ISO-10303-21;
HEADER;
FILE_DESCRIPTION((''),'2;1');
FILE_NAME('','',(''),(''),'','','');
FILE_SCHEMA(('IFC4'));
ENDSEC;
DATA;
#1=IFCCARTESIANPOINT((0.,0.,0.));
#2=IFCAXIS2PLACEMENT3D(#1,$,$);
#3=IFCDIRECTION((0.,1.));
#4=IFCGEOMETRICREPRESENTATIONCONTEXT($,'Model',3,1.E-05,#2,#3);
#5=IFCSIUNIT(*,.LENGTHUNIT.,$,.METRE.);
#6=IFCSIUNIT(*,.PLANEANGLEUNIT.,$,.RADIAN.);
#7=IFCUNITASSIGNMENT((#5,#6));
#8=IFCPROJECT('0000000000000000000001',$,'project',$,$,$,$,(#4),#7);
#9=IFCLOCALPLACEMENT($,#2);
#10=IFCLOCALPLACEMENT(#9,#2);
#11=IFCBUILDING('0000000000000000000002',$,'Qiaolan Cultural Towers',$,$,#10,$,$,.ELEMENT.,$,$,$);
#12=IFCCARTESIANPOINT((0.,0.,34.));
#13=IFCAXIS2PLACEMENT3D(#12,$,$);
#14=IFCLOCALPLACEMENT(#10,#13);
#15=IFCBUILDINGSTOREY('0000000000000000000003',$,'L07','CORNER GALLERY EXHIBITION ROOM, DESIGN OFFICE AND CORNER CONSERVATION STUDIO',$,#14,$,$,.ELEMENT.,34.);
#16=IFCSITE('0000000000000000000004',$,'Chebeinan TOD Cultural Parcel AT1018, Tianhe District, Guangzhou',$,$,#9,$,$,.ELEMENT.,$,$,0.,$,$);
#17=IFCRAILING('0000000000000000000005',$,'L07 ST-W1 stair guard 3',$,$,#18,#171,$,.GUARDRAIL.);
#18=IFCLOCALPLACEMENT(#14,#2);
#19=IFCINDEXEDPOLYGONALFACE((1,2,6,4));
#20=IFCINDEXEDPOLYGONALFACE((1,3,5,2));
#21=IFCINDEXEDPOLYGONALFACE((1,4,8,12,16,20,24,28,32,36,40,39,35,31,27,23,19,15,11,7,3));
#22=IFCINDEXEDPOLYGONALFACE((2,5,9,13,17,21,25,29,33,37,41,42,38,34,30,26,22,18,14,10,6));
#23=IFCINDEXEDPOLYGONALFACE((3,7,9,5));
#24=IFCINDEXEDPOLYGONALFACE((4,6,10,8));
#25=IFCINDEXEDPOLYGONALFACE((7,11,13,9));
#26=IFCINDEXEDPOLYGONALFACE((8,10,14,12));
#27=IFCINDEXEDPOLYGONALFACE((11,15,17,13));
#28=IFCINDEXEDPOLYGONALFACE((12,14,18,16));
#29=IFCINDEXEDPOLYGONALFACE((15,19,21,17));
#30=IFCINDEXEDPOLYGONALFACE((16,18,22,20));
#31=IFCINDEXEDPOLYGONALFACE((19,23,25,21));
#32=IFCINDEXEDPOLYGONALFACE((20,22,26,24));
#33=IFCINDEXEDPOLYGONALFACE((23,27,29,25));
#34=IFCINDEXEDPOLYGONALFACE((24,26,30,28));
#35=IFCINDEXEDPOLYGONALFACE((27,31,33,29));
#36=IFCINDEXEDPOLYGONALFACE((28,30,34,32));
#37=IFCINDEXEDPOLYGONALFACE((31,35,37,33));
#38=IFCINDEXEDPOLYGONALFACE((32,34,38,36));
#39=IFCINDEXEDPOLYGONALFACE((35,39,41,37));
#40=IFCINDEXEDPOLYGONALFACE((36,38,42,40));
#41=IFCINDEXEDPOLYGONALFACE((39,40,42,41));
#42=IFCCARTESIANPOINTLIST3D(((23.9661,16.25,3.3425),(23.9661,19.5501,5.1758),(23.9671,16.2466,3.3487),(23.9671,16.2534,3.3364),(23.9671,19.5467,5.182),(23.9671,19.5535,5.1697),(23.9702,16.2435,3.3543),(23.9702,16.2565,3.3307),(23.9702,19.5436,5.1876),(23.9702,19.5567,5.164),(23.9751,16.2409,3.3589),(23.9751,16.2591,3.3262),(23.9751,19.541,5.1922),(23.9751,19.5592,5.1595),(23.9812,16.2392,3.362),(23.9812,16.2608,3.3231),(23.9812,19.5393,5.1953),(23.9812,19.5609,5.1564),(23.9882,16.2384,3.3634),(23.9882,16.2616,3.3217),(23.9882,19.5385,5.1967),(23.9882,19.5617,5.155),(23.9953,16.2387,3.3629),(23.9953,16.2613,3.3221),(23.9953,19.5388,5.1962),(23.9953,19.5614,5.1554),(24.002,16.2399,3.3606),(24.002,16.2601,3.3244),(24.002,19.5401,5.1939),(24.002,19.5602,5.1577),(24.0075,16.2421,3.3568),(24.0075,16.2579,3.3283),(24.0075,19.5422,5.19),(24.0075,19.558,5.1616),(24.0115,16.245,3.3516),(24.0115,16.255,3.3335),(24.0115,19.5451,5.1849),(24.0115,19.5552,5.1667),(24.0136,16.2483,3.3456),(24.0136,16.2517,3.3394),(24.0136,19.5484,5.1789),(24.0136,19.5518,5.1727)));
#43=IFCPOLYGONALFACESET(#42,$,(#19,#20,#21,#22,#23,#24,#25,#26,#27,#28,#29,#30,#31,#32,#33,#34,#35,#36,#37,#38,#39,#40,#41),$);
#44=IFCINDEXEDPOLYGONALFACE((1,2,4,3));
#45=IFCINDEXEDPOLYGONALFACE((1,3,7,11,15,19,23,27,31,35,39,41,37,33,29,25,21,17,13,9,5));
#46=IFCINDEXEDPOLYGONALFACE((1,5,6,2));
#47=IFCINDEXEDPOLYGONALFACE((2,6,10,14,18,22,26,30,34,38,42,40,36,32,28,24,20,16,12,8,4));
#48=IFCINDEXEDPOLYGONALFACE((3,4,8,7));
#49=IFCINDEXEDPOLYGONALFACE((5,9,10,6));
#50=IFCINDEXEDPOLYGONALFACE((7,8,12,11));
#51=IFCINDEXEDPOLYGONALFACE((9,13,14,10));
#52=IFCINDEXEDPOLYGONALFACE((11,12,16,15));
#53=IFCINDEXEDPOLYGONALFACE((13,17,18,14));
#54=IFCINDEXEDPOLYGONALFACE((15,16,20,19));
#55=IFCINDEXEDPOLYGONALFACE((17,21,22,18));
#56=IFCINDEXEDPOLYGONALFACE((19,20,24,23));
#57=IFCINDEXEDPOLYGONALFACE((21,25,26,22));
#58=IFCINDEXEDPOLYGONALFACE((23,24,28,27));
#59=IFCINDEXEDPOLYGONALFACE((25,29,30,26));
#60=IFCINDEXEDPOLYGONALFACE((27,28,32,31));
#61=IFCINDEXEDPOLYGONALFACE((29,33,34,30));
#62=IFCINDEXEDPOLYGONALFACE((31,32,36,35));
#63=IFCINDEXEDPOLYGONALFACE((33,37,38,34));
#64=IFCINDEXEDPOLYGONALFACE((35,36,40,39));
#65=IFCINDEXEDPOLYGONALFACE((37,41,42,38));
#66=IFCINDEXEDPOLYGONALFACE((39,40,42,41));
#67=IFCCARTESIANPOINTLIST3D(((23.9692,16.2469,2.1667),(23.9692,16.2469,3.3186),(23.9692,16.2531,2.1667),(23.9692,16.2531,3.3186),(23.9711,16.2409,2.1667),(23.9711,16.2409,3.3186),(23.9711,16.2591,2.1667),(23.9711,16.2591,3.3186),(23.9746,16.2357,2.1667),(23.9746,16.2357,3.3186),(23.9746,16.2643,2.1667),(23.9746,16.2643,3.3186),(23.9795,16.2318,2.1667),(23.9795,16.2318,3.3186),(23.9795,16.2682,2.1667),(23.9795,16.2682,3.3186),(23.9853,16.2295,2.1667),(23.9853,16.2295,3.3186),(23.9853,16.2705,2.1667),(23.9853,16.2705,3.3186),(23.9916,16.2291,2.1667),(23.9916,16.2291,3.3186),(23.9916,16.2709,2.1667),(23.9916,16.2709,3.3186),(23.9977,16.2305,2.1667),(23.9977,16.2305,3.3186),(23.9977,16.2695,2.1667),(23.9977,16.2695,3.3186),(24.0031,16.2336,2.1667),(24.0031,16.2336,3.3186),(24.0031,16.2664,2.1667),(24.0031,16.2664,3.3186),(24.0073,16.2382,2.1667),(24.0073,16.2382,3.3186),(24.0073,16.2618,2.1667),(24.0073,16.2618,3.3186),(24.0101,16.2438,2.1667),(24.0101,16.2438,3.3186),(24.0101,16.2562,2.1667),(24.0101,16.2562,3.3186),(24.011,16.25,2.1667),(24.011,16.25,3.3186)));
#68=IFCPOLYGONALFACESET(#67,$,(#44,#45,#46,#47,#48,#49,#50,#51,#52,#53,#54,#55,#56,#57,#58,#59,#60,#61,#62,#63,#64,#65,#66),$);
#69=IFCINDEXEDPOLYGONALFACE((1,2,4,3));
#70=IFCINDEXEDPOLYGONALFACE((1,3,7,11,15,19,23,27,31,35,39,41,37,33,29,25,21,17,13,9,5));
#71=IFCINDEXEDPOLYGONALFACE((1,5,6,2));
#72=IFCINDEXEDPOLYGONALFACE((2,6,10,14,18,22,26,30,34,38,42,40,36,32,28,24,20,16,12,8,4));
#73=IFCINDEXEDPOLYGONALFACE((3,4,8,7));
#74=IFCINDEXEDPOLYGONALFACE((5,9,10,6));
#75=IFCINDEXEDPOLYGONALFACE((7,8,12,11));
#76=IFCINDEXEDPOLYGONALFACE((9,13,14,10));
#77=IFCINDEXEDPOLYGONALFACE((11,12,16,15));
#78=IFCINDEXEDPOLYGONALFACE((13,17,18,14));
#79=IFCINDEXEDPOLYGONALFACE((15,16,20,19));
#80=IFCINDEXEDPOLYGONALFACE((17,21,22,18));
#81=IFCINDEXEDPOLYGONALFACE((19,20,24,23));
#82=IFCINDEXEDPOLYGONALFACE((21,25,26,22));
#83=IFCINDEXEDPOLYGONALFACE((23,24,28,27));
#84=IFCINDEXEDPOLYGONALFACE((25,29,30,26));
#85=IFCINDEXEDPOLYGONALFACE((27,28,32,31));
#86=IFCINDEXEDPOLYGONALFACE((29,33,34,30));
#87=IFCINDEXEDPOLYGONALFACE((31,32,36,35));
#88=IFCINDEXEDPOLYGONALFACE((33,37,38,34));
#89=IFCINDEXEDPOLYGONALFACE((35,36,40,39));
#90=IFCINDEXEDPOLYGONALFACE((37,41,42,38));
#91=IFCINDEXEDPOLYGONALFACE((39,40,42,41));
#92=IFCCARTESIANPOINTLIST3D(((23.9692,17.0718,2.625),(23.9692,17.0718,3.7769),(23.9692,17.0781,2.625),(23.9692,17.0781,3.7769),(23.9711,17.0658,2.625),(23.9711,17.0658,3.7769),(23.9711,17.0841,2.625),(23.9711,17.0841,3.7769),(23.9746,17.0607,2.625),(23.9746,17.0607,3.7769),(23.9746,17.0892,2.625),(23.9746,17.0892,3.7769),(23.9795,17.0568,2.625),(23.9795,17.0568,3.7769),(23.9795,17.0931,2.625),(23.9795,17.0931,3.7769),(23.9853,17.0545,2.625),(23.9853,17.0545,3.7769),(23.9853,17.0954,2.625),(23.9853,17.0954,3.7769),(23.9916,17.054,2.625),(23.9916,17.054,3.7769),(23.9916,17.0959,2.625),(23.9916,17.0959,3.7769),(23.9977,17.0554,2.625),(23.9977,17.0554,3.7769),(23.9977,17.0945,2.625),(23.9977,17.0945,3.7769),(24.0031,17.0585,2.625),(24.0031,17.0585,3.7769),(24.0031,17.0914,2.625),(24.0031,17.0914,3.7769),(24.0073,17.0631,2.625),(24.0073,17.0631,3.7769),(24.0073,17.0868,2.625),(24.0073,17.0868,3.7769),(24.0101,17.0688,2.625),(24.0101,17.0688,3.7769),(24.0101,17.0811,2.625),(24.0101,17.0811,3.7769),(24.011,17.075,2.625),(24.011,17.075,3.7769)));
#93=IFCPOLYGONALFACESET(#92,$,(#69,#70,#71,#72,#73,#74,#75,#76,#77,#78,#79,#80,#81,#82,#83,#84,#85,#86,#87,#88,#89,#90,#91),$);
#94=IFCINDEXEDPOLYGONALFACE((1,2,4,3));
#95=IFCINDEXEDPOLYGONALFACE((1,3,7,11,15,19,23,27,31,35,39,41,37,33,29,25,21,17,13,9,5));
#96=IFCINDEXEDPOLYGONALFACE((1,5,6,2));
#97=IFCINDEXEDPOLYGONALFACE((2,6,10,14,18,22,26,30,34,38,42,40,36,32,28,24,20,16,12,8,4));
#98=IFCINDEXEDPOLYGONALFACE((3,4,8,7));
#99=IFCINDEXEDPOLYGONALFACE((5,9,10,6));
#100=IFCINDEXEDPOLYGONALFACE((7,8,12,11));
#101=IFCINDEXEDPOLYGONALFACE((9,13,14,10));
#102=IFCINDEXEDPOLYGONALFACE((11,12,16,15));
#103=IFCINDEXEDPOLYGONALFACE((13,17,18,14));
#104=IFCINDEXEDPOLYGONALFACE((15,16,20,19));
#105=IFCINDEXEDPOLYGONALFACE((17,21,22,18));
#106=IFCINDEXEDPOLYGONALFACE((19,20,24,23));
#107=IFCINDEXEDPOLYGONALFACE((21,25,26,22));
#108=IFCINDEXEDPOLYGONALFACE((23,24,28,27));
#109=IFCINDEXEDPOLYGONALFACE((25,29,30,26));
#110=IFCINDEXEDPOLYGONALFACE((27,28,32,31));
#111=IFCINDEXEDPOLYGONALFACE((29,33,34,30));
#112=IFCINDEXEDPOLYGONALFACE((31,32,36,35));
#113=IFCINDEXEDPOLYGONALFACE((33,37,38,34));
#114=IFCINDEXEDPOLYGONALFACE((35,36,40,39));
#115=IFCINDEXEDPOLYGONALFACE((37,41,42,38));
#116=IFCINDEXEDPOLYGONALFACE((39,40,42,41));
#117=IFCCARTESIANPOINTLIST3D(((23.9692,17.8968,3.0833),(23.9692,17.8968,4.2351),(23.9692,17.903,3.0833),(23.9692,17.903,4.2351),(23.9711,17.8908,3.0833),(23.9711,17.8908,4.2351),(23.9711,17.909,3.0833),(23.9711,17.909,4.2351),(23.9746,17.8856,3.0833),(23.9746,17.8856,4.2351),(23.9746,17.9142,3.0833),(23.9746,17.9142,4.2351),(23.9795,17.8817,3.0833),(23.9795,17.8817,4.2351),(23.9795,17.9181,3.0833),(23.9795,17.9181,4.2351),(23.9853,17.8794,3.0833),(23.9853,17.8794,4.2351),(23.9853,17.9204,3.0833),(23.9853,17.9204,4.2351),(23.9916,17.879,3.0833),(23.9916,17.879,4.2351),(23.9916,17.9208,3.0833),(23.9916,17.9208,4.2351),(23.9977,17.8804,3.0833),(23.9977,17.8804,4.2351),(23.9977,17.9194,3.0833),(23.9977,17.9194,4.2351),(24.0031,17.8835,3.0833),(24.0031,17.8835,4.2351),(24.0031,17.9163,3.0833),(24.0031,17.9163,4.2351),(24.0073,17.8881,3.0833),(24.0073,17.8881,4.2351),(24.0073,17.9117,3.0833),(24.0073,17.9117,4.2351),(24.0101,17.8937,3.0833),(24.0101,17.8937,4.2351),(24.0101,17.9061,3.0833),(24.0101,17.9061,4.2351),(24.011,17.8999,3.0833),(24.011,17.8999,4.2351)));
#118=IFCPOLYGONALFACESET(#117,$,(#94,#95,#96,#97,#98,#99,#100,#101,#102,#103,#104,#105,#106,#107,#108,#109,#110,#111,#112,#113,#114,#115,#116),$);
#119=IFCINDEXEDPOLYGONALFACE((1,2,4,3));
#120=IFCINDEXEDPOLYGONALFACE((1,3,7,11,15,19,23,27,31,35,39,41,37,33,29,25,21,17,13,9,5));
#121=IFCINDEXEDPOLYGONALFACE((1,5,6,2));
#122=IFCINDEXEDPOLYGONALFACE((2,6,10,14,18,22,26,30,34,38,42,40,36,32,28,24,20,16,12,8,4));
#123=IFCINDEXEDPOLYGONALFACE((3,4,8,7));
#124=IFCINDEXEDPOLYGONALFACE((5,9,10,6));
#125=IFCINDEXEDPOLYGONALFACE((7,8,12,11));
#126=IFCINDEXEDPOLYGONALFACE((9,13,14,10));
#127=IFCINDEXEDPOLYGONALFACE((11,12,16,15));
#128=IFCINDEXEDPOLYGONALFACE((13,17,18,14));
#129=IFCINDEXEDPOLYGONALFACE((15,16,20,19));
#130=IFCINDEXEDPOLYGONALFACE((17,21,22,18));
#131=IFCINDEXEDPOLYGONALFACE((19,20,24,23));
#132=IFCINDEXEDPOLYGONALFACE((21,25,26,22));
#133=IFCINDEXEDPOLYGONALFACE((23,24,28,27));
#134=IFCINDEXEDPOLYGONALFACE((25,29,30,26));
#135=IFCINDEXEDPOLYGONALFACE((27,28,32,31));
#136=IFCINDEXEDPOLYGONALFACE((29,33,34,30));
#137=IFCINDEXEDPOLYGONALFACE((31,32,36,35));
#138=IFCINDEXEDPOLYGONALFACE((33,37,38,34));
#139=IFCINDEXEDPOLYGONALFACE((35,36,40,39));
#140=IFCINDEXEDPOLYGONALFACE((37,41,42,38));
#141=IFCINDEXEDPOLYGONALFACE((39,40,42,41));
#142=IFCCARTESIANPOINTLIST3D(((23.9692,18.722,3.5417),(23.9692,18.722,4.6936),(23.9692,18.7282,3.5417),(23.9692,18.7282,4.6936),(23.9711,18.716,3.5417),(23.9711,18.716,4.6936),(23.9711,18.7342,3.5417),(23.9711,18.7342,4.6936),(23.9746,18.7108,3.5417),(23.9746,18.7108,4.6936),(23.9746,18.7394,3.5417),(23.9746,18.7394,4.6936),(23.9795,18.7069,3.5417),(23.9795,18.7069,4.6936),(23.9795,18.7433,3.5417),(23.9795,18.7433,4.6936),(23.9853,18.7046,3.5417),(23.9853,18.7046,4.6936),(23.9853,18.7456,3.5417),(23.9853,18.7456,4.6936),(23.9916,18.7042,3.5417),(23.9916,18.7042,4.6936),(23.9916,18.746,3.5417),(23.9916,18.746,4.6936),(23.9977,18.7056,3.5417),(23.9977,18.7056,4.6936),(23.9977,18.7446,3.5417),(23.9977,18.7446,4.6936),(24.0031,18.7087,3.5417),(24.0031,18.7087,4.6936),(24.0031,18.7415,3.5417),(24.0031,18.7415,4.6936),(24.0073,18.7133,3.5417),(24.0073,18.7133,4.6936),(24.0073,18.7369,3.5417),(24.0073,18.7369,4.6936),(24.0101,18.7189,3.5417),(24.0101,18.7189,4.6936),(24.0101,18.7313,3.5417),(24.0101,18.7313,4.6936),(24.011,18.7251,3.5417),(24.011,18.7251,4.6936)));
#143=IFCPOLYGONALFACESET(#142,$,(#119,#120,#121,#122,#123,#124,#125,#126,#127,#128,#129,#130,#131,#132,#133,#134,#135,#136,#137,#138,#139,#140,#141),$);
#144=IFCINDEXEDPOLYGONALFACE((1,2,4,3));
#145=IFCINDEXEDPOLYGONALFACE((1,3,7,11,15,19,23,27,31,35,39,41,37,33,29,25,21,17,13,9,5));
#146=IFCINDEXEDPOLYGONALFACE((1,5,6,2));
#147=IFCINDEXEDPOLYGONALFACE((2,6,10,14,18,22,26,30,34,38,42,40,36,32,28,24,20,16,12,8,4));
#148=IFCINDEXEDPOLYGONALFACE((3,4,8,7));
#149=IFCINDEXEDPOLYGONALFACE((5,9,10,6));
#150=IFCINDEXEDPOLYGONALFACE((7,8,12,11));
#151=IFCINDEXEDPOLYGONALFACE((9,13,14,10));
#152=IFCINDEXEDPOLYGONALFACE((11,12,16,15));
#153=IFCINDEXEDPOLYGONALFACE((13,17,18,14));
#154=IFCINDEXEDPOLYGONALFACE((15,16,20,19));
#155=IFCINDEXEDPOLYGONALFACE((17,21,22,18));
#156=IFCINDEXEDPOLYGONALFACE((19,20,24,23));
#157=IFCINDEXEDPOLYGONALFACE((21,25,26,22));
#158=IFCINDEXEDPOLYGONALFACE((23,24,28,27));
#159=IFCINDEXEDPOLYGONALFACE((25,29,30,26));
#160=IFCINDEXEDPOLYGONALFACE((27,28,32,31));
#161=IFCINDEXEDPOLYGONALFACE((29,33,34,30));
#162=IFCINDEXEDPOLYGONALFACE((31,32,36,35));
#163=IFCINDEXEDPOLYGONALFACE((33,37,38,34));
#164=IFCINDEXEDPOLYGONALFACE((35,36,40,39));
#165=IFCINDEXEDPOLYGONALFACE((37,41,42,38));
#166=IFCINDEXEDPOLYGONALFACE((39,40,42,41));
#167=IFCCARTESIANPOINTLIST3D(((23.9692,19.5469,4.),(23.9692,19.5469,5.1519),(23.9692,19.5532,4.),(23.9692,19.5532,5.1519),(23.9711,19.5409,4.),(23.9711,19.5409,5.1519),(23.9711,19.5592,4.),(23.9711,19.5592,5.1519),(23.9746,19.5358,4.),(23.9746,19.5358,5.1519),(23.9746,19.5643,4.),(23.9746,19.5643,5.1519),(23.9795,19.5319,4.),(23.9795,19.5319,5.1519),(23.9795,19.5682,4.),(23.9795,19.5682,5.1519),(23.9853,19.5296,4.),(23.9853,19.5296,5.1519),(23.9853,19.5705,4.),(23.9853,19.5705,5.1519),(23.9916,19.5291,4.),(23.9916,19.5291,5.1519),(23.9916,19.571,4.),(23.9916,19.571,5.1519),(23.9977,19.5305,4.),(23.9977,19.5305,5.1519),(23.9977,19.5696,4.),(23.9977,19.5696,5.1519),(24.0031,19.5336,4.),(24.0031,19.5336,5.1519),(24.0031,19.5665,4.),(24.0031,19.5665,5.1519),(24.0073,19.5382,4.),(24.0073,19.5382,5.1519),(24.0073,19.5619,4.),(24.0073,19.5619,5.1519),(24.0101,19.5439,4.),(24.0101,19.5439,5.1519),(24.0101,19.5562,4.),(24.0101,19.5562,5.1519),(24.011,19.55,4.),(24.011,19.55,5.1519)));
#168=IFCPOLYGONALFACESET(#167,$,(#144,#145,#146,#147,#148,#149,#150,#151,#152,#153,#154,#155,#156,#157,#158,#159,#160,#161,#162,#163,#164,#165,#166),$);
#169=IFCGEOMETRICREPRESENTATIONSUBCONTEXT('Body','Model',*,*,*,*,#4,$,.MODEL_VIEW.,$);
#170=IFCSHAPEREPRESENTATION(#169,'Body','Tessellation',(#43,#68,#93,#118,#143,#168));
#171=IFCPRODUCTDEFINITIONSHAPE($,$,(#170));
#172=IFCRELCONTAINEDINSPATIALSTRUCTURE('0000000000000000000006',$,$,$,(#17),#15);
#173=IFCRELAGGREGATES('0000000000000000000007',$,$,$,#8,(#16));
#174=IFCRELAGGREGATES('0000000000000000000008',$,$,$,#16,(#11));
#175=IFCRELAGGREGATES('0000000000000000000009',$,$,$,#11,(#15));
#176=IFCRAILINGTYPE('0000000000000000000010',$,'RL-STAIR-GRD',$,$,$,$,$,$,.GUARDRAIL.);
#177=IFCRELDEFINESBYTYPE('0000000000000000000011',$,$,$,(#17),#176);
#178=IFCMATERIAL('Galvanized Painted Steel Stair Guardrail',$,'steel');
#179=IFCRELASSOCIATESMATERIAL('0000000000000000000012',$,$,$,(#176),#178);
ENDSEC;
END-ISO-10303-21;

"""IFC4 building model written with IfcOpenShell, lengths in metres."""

from ifc_helpers import new_model, si_unit, direction, frame, origin, origin_2d, place, context, subcontext, project, spatial, circle, extrude, material, type_object, element, save


model = new_model("IFC4")

# Units and contexts
model_context = context("Model", 3, precision=1e-05, world=origin(), true_north=direction((0.0, 1.0)))
body_context = subcontext(model_context, "Body", "Model", "MODEL_VIEW")
ifc_project = project(units=[si_unit("LENGTHUNIT", "METRE"), si_unit("PLANEANGLEUNIT", "RADIAN")], contexts=[model_context])

# Site, building, storey
site_placement = place(None, origin())
site = spatial("IfcSite", under=ifc_project, at=site_placement, Name="Chebeinan TOD Cultural Parcel AT1018, Tianhe District, Guangzhou", CompositionType="ELEMENT", RefElevation=0.0)
building_placement = place(site_placement, origin())
building = spatial("IfcBuilding", under=site, at=building_placement, Name="Qiaolan Cultural Towers", CompositionType="ELEMENT")
storey_placement = place(building_placement, frame((0.0, 0.0, 34.0)))
storey = spatial("IfcBuildingStorey", under=building, at=storey_placement, Name="L07", Description="CORNER GALLERY EXHIBITION ROOM, DESIGN OFFICE AND CORNER CONSERVATION STUDIO", CompositionType="ELEMENT", Elevation=34.0)

# Railing
ifc_material_1 = material(Name="Galvanized Painted Steel Stair Guardrail", Category="steel")
railing_type_1 = type_object("IfcRailingType", Name="RL-STAIR-GRD", PredefinedType="GUARDRAIL", material=ifc_material_1)
railing_1_placement = place(storey_placement, frame((23.99, 16.25, 2.1667)))
element("IfcRailing", 1, at=railing_1_placement, inside=storey, type_object=railing_type_1, Name="L07 ST-W1 stair guard 3", PredefinedType="GUARDRAIL", context=body_context, shape_type="SweptSolid", body=[
    extrude(circle(Radius=0.0239, at=origin_2d()), frame((0.0, 0.0, 1.1758), z_axis=(0.0, 0.874169, 0.485621), x_axis=(-1.0, 0.0, 0.0)), (0.0, 0.0, 1.0), 3.7751),
    extrude(circle(Radius=0.021, at=origin_2d()), origin(), (0.0, 0.0, 1.0), 1.1519),
    extrude(circle(Radius=0.021, at=origin_2d()), frame((0.0, 0.825, 0.4583)), (0.0, 0.0, 1.0), 1.1519),
    extrude(circle(Radius=0.021, at=origin_2d()), frame((0.0, 1.6499, 0.9165)), (0.0, 0.0, 1.0), 1.1519),
    extrude(circle(Radius=0.021, at=origin_2d()), frame((0.0, 2.4751, 1.375)), (0.0, 0.0, 1.0), 1.1519),
    extrude(circle(Radius=0.021, at=origin_2d()), frame((0.0, 3.3, 1.8333)), (0.0, 0.0, 1.0), 1.1519),
])

save(model, "model.ifc")
